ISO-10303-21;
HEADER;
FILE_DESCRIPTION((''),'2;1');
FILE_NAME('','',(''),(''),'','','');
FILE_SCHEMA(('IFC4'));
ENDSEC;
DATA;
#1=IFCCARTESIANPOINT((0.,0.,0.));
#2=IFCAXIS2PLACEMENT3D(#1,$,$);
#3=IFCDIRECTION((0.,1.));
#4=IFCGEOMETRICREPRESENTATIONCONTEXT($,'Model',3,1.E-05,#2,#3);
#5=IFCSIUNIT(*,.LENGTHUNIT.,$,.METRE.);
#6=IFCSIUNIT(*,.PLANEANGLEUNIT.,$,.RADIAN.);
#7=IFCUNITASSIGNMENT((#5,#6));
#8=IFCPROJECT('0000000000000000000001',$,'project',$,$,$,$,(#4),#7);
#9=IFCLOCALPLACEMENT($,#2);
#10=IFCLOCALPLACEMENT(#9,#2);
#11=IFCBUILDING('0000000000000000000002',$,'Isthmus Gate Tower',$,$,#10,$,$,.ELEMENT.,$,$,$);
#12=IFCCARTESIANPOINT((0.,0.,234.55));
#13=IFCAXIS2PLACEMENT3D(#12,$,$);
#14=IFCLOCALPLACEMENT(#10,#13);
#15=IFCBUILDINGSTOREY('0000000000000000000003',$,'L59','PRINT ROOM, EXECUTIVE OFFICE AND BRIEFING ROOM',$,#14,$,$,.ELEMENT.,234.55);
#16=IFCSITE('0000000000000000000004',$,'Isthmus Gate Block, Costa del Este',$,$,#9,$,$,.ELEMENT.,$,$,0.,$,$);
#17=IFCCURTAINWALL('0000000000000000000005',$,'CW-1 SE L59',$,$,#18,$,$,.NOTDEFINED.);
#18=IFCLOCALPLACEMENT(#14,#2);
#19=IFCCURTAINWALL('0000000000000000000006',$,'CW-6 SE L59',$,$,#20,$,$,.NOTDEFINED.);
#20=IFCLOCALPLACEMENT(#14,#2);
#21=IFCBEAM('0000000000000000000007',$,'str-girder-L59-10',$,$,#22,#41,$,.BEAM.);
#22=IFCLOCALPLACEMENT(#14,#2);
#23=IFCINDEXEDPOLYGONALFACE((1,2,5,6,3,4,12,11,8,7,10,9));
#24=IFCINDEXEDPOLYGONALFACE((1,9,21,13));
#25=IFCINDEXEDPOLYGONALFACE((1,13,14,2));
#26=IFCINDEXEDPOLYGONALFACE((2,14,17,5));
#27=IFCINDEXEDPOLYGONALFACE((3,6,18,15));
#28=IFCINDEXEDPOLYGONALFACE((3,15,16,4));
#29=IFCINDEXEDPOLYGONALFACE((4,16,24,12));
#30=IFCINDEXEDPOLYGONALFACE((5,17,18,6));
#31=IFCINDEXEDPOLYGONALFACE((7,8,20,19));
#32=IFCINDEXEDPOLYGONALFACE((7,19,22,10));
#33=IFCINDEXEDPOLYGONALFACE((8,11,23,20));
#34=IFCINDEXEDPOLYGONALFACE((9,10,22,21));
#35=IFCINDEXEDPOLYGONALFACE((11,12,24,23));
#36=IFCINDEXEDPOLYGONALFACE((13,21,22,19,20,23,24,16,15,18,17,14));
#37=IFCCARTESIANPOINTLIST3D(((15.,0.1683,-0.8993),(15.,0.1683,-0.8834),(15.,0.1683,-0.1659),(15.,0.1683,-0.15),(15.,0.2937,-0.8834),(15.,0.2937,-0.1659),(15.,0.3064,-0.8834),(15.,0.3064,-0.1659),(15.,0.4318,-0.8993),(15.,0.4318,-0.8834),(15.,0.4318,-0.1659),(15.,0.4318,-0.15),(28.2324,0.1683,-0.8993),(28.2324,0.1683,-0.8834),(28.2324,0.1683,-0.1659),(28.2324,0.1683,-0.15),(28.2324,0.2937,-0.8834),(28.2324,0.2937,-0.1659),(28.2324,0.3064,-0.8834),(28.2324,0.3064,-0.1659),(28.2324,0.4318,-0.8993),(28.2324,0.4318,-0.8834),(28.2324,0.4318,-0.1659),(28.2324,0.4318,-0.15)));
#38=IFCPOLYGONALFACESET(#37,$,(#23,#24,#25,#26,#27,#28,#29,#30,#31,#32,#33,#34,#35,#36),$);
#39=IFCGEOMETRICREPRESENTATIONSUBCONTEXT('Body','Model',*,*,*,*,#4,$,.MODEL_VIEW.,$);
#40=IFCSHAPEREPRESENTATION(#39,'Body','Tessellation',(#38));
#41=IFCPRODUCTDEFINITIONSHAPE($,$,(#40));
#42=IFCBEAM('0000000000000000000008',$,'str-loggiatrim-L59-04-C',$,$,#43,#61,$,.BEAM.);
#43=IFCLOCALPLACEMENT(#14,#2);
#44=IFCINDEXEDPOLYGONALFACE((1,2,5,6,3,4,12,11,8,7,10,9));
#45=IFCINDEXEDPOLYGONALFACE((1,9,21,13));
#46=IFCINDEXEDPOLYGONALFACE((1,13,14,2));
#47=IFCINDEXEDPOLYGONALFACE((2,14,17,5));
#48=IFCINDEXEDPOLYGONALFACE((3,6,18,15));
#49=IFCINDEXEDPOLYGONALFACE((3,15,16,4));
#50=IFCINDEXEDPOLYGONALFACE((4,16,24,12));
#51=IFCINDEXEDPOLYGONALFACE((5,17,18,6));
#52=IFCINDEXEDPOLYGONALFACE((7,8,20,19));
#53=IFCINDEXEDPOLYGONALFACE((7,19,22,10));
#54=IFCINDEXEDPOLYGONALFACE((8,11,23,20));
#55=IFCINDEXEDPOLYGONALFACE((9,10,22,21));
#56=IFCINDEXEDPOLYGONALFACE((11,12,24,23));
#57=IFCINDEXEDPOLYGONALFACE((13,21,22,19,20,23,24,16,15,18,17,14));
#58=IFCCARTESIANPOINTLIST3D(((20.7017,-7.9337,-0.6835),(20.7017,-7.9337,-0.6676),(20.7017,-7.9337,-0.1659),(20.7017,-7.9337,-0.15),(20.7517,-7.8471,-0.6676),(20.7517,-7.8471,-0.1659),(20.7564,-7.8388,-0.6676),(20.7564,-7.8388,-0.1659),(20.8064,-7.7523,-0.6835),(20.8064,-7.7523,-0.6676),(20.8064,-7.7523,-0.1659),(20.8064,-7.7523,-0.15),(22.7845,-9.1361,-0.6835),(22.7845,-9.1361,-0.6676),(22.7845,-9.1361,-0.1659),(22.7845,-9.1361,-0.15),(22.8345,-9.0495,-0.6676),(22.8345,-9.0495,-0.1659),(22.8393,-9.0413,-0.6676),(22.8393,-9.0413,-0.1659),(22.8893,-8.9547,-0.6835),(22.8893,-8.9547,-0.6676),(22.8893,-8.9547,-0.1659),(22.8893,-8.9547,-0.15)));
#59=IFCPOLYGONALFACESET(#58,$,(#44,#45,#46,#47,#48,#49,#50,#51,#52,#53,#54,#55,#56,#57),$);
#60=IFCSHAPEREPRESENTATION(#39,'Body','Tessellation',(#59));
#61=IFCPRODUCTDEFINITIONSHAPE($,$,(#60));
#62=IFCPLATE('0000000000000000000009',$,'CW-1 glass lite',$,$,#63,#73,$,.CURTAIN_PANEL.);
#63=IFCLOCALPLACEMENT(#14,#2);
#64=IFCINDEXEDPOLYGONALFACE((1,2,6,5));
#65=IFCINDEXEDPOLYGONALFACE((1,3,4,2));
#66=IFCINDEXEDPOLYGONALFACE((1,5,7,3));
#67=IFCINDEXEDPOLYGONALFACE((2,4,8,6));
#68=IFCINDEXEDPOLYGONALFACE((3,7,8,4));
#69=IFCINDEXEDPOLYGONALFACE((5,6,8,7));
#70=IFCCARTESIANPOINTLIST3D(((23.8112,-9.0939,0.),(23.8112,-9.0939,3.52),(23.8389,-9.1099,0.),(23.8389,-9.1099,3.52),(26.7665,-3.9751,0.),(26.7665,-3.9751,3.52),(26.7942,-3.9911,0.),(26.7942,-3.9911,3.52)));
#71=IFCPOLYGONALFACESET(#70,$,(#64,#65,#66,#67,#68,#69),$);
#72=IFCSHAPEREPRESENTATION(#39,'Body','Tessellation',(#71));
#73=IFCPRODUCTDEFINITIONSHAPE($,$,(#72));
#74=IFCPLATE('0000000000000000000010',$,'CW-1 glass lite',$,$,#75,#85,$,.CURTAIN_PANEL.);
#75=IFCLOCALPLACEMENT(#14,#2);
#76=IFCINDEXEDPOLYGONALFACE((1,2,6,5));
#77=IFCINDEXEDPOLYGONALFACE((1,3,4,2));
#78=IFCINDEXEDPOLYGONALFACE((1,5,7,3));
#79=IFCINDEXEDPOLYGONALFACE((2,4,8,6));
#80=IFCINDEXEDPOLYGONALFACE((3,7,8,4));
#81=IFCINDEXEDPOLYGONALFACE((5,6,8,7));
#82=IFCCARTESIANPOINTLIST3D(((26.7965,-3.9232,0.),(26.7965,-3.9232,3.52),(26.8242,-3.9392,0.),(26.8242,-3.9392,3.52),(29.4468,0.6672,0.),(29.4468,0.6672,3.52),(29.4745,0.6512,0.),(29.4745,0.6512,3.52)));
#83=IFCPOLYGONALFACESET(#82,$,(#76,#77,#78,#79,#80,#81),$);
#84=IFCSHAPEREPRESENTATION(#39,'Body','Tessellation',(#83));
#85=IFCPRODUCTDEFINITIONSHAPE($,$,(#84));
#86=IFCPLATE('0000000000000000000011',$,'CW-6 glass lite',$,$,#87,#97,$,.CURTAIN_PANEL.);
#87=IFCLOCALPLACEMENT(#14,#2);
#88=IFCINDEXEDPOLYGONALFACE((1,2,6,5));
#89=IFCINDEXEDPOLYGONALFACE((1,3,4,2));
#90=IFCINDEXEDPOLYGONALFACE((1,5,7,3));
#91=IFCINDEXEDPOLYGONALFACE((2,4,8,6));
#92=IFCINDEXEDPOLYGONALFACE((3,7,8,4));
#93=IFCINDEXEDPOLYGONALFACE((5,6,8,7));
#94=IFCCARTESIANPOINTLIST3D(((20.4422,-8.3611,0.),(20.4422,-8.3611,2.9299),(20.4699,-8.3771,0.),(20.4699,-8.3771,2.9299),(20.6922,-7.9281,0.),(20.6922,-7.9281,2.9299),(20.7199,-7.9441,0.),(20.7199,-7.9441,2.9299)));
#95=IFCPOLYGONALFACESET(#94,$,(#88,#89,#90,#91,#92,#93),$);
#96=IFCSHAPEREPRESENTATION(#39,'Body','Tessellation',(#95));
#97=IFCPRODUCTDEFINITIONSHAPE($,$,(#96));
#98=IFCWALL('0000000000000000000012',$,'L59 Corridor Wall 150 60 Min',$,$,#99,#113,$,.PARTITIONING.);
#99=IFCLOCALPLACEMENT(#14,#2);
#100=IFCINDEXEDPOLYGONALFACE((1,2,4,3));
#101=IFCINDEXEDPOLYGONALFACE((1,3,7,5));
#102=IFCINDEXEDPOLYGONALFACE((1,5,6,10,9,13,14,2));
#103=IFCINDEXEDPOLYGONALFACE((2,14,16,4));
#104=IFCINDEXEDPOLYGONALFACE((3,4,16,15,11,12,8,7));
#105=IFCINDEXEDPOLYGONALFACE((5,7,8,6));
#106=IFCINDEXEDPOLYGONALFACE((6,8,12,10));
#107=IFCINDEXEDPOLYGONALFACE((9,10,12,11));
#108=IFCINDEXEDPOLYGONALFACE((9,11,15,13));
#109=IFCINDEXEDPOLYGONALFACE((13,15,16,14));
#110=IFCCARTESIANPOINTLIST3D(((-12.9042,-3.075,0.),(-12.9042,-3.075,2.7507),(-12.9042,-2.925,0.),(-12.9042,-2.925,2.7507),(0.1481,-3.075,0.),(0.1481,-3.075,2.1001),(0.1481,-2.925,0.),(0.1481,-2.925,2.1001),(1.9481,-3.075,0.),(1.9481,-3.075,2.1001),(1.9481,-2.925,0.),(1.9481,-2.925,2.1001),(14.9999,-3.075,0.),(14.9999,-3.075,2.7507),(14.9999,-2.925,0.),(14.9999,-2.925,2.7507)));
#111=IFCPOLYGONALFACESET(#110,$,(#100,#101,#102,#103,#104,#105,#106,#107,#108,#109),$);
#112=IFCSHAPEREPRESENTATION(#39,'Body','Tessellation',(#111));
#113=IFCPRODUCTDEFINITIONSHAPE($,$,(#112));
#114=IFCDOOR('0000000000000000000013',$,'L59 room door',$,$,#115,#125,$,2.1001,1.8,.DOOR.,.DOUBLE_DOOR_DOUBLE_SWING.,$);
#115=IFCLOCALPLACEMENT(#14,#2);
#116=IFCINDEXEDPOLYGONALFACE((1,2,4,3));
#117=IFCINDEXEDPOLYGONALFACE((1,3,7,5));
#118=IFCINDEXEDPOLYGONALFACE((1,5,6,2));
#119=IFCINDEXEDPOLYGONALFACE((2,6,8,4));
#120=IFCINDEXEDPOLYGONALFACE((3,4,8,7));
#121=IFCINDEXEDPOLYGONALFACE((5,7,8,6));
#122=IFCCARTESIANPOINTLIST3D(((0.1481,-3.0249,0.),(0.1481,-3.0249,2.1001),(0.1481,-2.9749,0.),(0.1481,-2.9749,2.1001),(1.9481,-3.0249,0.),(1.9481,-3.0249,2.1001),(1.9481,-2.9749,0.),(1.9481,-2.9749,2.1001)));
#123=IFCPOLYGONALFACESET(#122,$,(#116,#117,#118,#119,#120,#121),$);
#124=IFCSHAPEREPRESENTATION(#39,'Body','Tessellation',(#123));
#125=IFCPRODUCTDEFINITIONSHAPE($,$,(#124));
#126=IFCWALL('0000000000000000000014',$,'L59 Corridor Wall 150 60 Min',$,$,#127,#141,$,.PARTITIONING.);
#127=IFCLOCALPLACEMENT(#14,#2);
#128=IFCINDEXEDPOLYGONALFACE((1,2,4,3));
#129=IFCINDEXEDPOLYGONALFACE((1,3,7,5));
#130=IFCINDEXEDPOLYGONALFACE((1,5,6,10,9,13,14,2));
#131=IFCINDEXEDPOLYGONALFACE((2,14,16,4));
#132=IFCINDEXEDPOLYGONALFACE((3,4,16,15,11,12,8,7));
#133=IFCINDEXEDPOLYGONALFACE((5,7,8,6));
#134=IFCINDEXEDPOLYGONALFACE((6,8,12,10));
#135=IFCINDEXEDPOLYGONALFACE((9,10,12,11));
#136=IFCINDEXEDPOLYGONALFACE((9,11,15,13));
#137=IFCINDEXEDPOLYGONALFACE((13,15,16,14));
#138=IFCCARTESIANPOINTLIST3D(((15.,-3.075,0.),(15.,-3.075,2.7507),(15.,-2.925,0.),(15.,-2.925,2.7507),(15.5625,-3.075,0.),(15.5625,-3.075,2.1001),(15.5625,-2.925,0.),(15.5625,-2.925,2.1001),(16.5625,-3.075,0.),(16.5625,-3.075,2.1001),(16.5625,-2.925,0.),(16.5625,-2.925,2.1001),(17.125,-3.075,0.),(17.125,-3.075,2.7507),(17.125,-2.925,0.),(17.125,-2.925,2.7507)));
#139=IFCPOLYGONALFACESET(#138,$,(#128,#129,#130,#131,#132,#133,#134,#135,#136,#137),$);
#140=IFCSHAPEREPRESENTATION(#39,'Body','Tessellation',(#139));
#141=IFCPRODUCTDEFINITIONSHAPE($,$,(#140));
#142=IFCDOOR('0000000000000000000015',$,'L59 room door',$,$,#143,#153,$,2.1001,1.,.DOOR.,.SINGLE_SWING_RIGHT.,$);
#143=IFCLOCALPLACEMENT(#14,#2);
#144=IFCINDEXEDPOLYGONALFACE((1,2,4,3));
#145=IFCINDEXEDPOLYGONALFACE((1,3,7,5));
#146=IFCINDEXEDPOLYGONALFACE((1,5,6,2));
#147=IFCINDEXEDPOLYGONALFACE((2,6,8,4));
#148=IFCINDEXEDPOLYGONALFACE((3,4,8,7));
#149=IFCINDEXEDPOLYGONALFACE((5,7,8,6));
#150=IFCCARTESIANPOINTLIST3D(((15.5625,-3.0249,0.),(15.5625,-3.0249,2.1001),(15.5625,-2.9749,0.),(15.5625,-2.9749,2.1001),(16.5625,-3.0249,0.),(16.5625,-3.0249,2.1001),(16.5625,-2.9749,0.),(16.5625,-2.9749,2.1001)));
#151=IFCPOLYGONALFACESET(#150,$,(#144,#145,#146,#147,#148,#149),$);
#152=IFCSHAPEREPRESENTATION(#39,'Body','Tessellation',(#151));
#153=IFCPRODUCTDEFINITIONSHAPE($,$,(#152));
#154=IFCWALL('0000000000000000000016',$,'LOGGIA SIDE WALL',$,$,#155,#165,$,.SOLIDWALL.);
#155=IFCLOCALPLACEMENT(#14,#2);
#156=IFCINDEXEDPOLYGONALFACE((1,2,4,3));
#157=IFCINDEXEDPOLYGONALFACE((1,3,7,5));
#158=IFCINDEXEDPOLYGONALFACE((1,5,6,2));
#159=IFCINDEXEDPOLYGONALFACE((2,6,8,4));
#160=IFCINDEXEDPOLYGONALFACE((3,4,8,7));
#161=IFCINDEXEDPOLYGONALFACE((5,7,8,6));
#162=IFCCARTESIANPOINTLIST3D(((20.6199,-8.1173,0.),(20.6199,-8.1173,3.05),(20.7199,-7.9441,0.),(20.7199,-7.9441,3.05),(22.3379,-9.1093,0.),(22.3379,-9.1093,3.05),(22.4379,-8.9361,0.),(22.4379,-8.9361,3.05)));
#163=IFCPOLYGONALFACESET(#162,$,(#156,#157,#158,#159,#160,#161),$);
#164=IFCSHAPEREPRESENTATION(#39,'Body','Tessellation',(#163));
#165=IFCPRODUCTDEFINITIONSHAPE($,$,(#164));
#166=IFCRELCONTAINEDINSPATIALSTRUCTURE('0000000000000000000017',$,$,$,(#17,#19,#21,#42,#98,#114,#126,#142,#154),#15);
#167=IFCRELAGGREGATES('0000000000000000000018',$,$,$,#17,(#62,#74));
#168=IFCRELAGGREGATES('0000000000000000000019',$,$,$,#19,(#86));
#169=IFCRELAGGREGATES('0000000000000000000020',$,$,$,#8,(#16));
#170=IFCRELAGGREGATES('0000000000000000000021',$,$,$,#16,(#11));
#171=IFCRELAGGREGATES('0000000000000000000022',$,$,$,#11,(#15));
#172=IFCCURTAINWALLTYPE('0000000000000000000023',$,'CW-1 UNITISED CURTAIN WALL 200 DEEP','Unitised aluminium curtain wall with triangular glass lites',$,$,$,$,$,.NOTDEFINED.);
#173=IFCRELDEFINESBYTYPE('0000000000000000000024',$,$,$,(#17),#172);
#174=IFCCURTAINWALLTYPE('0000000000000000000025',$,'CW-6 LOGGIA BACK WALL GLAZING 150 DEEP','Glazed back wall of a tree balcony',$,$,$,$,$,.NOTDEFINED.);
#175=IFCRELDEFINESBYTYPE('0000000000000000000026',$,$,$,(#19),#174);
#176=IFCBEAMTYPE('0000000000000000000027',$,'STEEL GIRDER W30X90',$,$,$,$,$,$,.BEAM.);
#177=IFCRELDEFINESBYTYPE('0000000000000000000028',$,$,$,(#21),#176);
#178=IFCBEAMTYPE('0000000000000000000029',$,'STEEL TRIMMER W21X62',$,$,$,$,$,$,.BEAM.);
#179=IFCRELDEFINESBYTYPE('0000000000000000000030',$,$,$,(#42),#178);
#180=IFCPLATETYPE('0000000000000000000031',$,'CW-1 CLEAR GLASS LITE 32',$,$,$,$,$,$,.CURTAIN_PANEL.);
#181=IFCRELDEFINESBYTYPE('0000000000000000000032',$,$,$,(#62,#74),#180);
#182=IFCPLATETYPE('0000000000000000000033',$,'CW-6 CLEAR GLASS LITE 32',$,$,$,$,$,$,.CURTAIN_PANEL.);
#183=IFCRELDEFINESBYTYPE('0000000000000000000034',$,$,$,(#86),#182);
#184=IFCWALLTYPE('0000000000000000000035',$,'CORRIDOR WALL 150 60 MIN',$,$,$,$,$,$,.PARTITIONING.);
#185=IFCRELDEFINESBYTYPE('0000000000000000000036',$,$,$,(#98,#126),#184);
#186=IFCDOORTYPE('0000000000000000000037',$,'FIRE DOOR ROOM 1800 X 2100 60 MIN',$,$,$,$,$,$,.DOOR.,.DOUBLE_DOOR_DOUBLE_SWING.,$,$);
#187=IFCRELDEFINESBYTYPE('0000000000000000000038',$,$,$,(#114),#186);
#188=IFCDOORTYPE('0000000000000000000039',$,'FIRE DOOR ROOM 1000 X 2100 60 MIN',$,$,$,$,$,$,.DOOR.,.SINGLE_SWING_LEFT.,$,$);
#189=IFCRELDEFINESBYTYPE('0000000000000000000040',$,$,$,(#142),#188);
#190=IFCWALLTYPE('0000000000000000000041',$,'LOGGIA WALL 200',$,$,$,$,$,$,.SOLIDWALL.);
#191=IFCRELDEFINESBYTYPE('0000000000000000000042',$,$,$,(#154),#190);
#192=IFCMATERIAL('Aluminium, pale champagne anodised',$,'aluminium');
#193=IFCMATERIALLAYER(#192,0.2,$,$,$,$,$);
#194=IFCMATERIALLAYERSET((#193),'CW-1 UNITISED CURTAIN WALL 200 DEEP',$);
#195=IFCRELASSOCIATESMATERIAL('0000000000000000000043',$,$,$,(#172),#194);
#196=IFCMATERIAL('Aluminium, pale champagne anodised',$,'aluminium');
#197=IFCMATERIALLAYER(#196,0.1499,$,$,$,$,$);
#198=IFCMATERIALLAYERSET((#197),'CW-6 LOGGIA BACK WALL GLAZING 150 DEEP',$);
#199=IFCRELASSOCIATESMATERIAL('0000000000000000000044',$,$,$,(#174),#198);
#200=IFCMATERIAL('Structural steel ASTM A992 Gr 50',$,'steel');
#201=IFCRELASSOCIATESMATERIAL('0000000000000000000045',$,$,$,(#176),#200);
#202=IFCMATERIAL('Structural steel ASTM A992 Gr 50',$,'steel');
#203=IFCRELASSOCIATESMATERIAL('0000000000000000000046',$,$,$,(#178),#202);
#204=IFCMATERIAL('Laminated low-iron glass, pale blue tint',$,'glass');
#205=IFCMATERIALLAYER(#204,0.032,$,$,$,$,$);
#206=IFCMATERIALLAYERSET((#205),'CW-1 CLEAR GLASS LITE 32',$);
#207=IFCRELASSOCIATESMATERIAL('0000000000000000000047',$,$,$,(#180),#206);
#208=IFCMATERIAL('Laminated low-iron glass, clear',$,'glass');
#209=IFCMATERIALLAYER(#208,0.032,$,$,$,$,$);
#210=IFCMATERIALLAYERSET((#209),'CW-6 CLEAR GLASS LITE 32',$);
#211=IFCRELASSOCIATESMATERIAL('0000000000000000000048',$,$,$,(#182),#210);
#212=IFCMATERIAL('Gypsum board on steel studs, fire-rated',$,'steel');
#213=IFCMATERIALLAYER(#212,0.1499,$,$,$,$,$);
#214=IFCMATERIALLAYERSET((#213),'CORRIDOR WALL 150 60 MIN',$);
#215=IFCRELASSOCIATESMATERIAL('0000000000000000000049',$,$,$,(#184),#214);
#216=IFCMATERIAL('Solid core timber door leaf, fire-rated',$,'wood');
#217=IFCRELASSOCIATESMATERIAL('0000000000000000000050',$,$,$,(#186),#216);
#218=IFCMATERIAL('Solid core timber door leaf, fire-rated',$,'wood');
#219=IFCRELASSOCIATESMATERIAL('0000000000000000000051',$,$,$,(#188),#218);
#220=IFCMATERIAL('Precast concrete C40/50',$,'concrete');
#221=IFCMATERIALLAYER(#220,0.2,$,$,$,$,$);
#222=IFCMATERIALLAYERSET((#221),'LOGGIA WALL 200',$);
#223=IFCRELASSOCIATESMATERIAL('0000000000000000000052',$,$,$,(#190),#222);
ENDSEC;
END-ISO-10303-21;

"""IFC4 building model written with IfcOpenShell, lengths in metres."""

from ifc_helpers import new_model, si_unit, direction, frame, frame_2d, origin, origin_2d, place, context, subcontext, project, spatial, rectangle, i_section, extrude, material, layer, layer_set, material_profile, profile_set, type_object, element, fill, aggregate, save


model = new_model("IFC4")

# Units and contexts
model_context = context("Model", 3, precision=1e-05, world=origin(), true_north=direction((0.0, 1.0)))
body_context = subcontext(model_context, "Body", "Model", "MODEL_VIEW")
ifc_project = project(units=[si_unit("LENGTHUNIT", "METRE"), si_unit("PLANEANGLEUNIT", "RADIAN")], contexts=[model_context])

# Site, building, storey
site_placement = place(None, origin())
site = spatial("IfcSite", under=ifc_project, at=site_placement, Name="Isthmus Gate Block, Costa del Este", CompositionType="ELEMENT", RefElevation=0.0)
building_placement = place(site_placement, origin())
building = spatial("IfcBuilding", under=site, at=building_placement, Name="Isthmus Gate Tower", CompositionType="ELEMENT")
storey_placement = place(building_placement, frame((0.0, 0.0, 234.55)))
storey = spatial("IfcBuildingStorey", under=building, at=storey_placement, Name="L59", Description="PRINT ROOM, EXECUTIVE OFFICE AND BRIEFING ROOM", CompositionType="ELEMENT", Elevation=234.55)

# Curtain wall
ifc_material_1 = material(Name="Aluminium, pale champagne anodised", Category="aluminium")
ifc_layer_1 = layer(ifc_material_1, 0.2)
ifc_layer_set_1 = layer_set([ifc_layer_1], Name="CW-1 UNITISED CURTAIN WALL 200 DEEP")
curtain_wall_type_1 = type_object("IfcCurtainWallType", Name="CW-1 UNITISED CURTAIN WALL 200 DEEP", Description="Unitised aluminium curtain wall with triangular glass lites", PredefinedType="NOTDEFINED", material=ifc_layer_set_1)
curtain_wall_1_placement = place(storey_placement, origin())
curtain_wall_1 = element("IfcCurtainWall", 1, at=curtain_wall_1_placement, inside=storey, type_object=curtain_wall_type_1, Name="CW-1 SE L59", PredefinedType="NOTDEFINED")

# Curtain wall
ifc_material_2 = material(Name="Aluminium, pale champagne anodised", Category="aluminium")
ifc_layer_2 = layer(ifc_material_2, 0.1499)
ifc_layer_set_2 = layer_set([ifc_layer_2], Name="CW-6 LOGGIA BACK WALL GLAZING 150 DEEP")
curtain_wall_type_2 = type_object("IfcCurtainWallType", Name="CW-6 LOGGIA BACK WALL GLAZING 150 DEEP", Description="Glazed back wall of a tree balcony", PredefinedType="NOTDEFINED", material=ifc_layer_set_2)
curtain_wall_2_placement = place(storey_placement, origin())
curtain_wall_2 = element("IfcCurtainWall", 2, at=curtain_wall_2_placement, inside=storey, type_object=curtain_wall_type_2, Name="CW-6 SE L59", PredefinedType="NOTDEFINED")

# Beams
ifc_material_3 = material(Name="Structural steel ASTM A992 Gr 50", Category="steel")
ifc_material_profile_1 = material_profile(ifc_material_3, i_section(OverallWidth=0.2634, OverallDepth=0.7493, WebThickness=0.0127, FlangeThickness=0.0159, at=origin_2d()), Name="W30X90")
ifc_profile_set_1 = profile_set([ifc_material_profile_1], Name="Structural steel ASTM A992 Gr 50")
beam_type_1 = type_object("IfcBeamType", Name="STEEL GIRDER W30X90", PredefinedType="BEAM", material=ifc_profile_set_1)
beam_1_placement = place(storey_placement, frame((15.0, 0.3, -0.5247), z_axis=(1.0, 0.0, 0.0), x_axis=(0.0, 1.0, 0.0)))
element("IfcBeam", 3, at=beam_1_placement, inside=storey, type_object=beam_type_1, Name="str-girder-L59-10", PredefinedType="BEAM", context=body_context, shape_type="SweptSolid", body=[
    extrude(i_section(OverallWidth=0.2634, OverallDepth=0.7493, WebThickness=0.0127, FlangeThickness=0.0159, at=origin_2d()), origin(), (0.0, 0.0, 1.0), 13.2324),
])
ifc_material_4 = material(Name="Structural steel ASTM A992 Gr 50", Category="steel")
ifc_material_profile_2 = material_profile(ifc_material_4, i_section(OverallWidth=0.2095, OverallDepth=0.5334, WebThickness=0.0095, FlangeThickness=0.0159, at=origin_2d()), Name="W21X62")
ifc_profile_set_2 = profile_set([ifc_material_profile_2], Name="Structural steel ASTM A992 Gr 50")
beam_type_2 = type_object("IfcBeamType", Name="STEEL TRIMMER W21X62", PredefinedType="BEAM", material=ifc_profile_set_2)
beam_2_placement = place(storey_placement, frame((22.8369, -9.0454, -0.4167), z_axis=(-0.866042, 0.499971, 0.0), x_axis=(-0.499971, -0.866042, 0.0)))
element("IfcBeam", 4, at=beam_2_placement, inside=storey, type_object=beam_type_2, Name="str-loggiatrim-L59-04-C", PredefinedType="BEAM", context=body_context, shape_type="SweptSolid", body=[
    extrude(i_section(OverallWidth=0.2095, OverallDepth=0.5334, WebThickness=0.0095, FlangeThickness=0.0159, at=origin_2d()), origin(), (0.0, 0.0, 1.0), 2.405),
])

# Plates
ifc_material_5 = material(Name="Laminated low-iron glass, pale blue tint", Category="glass")
ifc_layer_3 = layer(ifc_material_5, 0.032)
ifc_layer_set_3 = layer_set([ifc_layer_3], Name="CW-1 CLEAR GLASS LITE 32")
plate_type_1 = type_object("IfcPlateType", Name="CW-1 CLEAR GLASS LITE 32", PredefinedType="CURTAIN_PANEL", material=ifc_layer_set_3)
plate_1_placement = place(storey_placement, frame((25.3027, -6.5425, 0.0), z_axis=(0.0, 0.0, 1.0), x_axis=(0.5, 0.866025, 0.0)))
plate_1 = element("IfcPlate", 5, at=plate_1_placement, type_object=plate_type_1, Name="CW-1 glass lite", PredefinedType="CURTAIN_PANEL", context=body_context, shape_type="SweptSolid", body=[
    extrude(rectangle(XDim=5.9106, YDim=0.032, at=origin_2d()), origin(), (0.0, 0.0, 1.0), 3.52),
])
plate_2_placement = place(storey_placement, frame((28.1355, -1.636, 0.0), z_axis=(0.0, 0.0, 1.0), x_axis=(0.5, 0.866025, 0.0)))
plate_2 = element("IfcPlate", 6, at=plate_2_placement, type_object=plate_type_1, Name="CW-1 glass lite", PredefinedType="CURTAIN_PANEL", context=body_context, shape_type="SweptSolid", body=[
    extrude(rectangle(XDim=5.3005, YDim=0.032, at=origin_2d()), origin(), (0.0, 0.0, 1.0), 3.52),
])
aggregate(curtain_wall_1, [plate_1, plate_2])
ifc_material_6 = material(Name="Laminated low-iron glass, clear", Category="glass")
ifc_layer_4 = layer(ifc_material_6, 0.032)
ifc_layer_set_4 = layer_set([ifc_layer_4], Name="CW-6 CLEAR GLASS LITE 32")
plate_type_2 = type_object("IfcPlateType", Name="CW-6 CLEAR GLASS LITE 32", PredefinedType="CURTAIN_PANEL", material=ifc_layer_set_4)
plate_3_placement = place(storey_placement, frame((20.5811, -8.1526, 0.0), z_axis=(0.0, 0.0, 1.0), x_axis=(0.5, 0.866025, 0.0)))
plate_3 = element("IfcPlate", 7, at=plate_3_placement, type_object=plate_type_2, Name="CW-6 glass lite", PredefinedType="CURTAIN_PANEL", context=body_context, shape_type="SweptSolid", body=[
    extrude(rectangle(XDim=0.5, YDim=0.032, at=origin_2d()), origin(), (0.0, 0.0, 1.0), 2.9299),
])
aggregate(curtain_wall_2, [plate_3])

# Walls, openings, doors
ifc_material_7 = material(Name="Gypsum board on steel studs, fire-rated", Category="steel")
ifc_layer_5 = layer(ifc_material_7, 0.1499)
ifc_layer_set_5 = layer_set([ifc_layer_5], Name="CORRIDOR WALL 150 60 MIN")
wall_type_1 = type_object("IfcWallType", Name="CORRIDOR WALL 150 60 MIN", PredefinedType="PARTITIONING", material=ifc_layer_set_5)
wall_1_placement = place(storey_placement, frame((15.0, -3.0, 0.0), z_axis=(0.0, 0.0, 1.0), x_axis=(-1.0, 0.0, 0.0)))
wall_1 = element("IfcWall", 8, at=wall_1_placement, inside=storey, type_object=wall_type_1, Name="L59 Corridor Wall 150 60 Min", PredefinedType="PARTITIONING", context=body_context, shape_type="SweptSolid", body=[
    extrude(rectangle(XDim=27.9041, YDim=0.1499, at=frame_2d((13.9521, 0.0))), origin(), (0.0, 0.0, 1.0), 2.7507),
])
opening_1_placement = place(wall_1_placement, frame((13.052, 0.0, 0.0)))
opening_1 = element("IfcOpeningElement", 9, at=opening_1_placement, cuts=wall_1, PredefinedType="OPENING", context=body_context, shape_type="SweptSolid", body=[
    extrude(rectangle(XDim=1.8, YDim=2.1001, at=frame_2d((0.8999, 1.05))), frame((0.0, 0.085, 0.0), z_axis=(0.0, -1.0, 0.0), x_axis=(1.0, 0.0, 0.0)), (0.0, 0.0, 1.0), 0.1699),
])
ifc_material_8 = material(Name="Solid core timber door leaf, fire-rated", Category="wood")
door_type_1 = type_object("IfcDoorType", Name="FIRE DOOR ROOM 1800 X 2100 60 MIN", OperationType="DOUBLE_DOOR_DOUBLE_SWING", PredefinedType="DOOR", material=ifc_material_8)
door_1_placement = place(opening_1_placement, origin())
door_1 = element("IfcDoor", 10, at=door_1_placement, inside=storey, type_object=door_type_1, Name="L59 room door", OperationType="DOUBLE_DOOR_DOUBLE_SWING", OverallHeight=2.1001, OverallWidth=1.8, PredefinedType="DOOR", context=body_context, shape_type="SweptSolid", body=[
    extrude(rectangle(XDim=1.8, YDim=2.1001, at=frame_2d((0.8999, 1.05))), frame((0.0, 0.0249, 0.0), z_axis=(0.0, -1.0, 0.0), x_axis=(1.0, 0.0, 0.0)), (0.0, 0.0, 1.0), 0.05),
])
fill(opening_1, door_1)
wall_2_placement = place(storey_placement, frame((17.125, -3.0, 0.0), z_axis=(0.0, 0.0, 1.0), x_axis=(-1.0, 0.0, 0.0)))
wall_2 = element("IfcWall", 11, at=wall_2_placement, inside=storey, type_object=wall_type_1, Name="L59 Corridor Wall 150 60 Min", PredefinedType="PARTITIONING", context=body_context, shape_type="SweptSolid", body=[
    extrude(rectangle(XDim=2.125, YDim=0.1499, at=frame_2d((1.0625, 0.0))), origin(), (0.0, 0.0, 1.0), 2.7507),
])
opening_2_placement = place(wall_2_placement, frame((0.5625, 0.0, 0.0)))
opening_2 = element("IfcOpeningElement", 12, at=opening_2_placement, cuts=wall_2, PredefinedType="OPENING", context=body_context, shape_type="SweptSolid", body=[
    extrude(rectangle(XDim=1.0, YDim=2.1001, at=frame_2d((0.5, 1.05))), frame((0.0, 0.085, 0.0), z_axis=(0.0, -1.0, 0.0), x_axis=(1.0, 0.0, 0.0)), (0.0, 0.0, 1.0), 0.1699),
])
ifc_material_9 = material(Name="Solid core timber door leaf, fire-rated", Category="wood")
door_type_2 = type_object("IfcDoorType", Name="FIRE DOOR ROOM 1000 X 2100 60 MIN", OperationType="SINGLE_SWING_LEFT", PredefinedType="DOOR", material=ifc_material_9)
door_2_placement = place(opening_2_placement, origin())
door_2 = element("IfcDoor", 13, at=door_2_placement, inside=storey, type_object=door_type_2, Name="L59 room door", OperationType="SINGLE_SWING_RIGHT", OverallHeight=2.1001, OverallWidth=1.0, PredefinedType="DOOR", context=body_context, shape_type="SweptSolid", body=[
    extrude(rectangle(XDim=1.0, YDim=2.1001, at=frame_2d((0.5, 1.05))), frame((0.0, 0.0249, 0.0), z_axis=(0.0, -1.0, 0.0), x_axis=(1.0, 0.0, 0.0)), (0.0, 0.0, 1.0), 0.05),
])
fill(opening_2, door_2)

# Wall
ifc_material_10 = material(Name="Precast concrete C40/50", Category="concrete")
ifc_layer_6 = layer(ifc_material_10, 0.2)
ifc_layer_set_6 = layer_set([ifc_layer_6], Name="LOGGIA WALL 200")
wall_type_2 = type_object("IfcWallType", Name="LOGGIA WALL 200", PredefinedType="SOLIDWALL", material=ifc_layer_set_6)
wall_3_placement = place(storey_placement, frame((22.3879, -9.0227, 0.0), z_axis=(0.0, 0.0, 1.0), x_axis=(-0.866015, 0.500017, 0.0)))
element("IfcWall", 14, at=wall_3_placement, inside=storey, type_object=wall_type_2, Name="LOGGIA SIDE WALL", PredefinedType="SOLIDWALL", context=body_context, shape_type="SweptSolid", body=[
    extrude(rectangle(XDim=1.9839, YDim=0.2, at=frame_2d((0.9919, 0.0))), origin(), (0.0, 0.0, 1.0), 3.05),
])

save(model, "model.ifc")
